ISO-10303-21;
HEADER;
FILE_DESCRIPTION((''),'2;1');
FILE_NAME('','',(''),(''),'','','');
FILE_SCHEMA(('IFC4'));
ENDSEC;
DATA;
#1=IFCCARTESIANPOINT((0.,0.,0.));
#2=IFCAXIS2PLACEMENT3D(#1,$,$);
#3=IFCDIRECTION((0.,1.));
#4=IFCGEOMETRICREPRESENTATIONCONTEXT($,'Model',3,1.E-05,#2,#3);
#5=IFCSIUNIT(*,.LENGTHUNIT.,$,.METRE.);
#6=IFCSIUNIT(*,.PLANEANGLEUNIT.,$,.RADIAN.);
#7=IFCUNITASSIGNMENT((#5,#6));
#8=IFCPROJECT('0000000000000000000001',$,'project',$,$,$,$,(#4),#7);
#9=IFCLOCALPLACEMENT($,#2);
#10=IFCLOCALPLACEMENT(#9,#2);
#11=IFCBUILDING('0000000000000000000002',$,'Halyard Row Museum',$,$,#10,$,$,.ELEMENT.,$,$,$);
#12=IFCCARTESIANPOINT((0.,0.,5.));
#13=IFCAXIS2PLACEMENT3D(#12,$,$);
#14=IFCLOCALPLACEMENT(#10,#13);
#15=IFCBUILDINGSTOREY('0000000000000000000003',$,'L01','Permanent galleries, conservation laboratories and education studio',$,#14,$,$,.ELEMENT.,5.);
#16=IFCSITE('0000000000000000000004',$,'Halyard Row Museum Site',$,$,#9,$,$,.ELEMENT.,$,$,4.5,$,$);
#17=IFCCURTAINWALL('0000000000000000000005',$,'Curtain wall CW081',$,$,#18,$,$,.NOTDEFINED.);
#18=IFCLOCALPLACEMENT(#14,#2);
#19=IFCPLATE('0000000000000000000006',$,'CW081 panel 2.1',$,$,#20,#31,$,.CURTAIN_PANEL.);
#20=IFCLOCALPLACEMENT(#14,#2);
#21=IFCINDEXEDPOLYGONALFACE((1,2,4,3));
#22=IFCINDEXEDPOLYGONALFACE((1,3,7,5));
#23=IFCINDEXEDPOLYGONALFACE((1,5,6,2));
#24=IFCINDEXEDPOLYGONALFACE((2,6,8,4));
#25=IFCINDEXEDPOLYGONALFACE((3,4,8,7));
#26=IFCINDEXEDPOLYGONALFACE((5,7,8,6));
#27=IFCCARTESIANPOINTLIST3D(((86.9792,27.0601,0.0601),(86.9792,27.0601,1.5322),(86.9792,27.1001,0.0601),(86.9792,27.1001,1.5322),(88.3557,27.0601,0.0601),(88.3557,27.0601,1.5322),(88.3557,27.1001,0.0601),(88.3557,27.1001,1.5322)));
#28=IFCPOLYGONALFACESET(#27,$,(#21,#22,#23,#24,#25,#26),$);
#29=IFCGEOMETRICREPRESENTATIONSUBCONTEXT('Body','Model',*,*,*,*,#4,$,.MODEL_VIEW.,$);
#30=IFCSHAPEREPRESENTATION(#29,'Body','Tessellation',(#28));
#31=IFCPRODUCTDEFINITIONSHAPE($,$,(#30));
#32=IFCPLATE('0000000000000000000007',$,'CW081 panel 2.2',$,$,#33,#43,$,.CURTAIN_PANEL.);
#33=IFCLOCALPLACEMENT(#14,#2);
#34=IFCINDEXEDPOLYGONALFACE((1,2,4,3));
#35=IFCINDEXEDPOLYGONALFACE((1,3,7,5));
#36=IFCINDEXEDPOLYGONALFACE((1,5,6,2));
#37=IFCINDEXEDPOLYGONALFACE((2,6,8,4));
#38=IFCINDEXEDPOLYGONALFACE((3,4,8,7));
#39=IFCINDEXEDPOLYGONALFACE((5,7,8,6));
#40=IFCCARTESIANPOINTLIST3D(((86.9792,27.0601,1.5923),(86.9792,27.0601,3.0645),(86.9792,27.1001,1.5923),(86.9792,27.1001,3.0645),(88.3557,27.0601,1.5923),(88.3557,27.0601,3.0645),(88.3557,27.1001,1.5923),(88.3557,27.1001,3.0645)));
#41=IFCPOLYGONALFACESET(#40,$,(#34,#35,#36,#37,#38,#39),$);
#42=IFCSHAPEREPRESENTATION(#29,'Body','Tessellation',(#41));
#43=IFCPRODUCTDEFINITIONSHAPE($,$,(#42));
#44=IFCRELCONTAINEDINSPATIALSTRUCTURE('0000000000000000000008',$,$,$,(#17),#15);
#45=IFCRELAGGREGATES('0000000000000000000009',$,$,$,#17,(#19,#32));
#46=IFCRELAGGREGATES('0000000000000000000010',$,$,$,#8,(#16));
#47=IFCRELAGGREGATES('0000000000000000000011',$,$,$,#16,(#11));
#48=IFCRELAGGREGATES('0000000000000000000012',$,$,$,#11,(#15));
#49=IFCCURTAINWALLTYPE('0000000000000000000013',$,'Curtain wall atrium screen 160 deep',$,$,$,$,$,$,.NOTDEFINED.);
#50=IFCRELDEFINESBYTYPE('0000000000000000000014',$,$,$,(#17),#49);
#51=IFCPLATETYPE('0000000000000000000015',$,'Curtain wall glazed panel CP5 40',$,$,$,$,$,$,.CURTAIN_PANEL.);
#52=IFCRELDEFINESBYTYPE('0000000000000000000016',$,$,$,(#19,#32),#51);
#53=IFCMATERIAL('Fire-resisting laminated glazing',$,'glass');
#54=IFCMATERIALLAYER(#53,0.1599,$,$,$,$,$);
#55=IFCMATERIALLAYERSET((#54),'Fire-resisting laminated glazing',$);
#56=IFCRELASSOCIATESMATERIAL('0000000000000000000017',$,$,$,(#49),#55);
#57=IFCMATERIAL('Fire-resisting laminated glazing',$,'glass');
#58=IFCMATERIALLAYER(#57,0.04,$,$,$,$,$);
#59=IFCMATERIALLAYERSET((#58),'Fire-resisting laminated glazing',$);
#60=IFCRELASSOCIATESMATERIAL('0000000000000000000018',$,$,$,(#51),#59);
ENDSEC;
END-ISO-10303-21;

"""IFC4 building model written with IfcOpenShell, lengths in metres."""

from ifc_helpers import new_model, si_unit, direction, frame, origin, origin_2d, place, context, subcontext, project, spatial, rectangle, extrude, material, layer, layer_set, type_object, element, aggregate, save


model = new_model("IFC4")

# Units and contexts
model_context = context("Model", 3, precision=1e-05, world=origin(), true_north=direction((0.0, 1.0)))
body_context = subcontext(model_context, "Body", "Model", "MODEL_VIEW")
ifc_project = project(units=[si_unit("LENGTHUNIT", "METRE"), si_unit("PLANEANGLEUNIT", "RADIAN")], contexts=[model_context])

# Site, building, storey
site_placement = place(None, origin())
site = spatial("IfcSite", under=ifc_project, at=site_placement, Name="Halyard Row Museum Site", CompositionType="ELEMENT", RefElevation=4.5)
building_placement = place(site_placement, origin())
building = spatial("IfcBuilding", under=site, at=building_placement, Name="Halyard Row Museum", CompositionType="ELEMENT")
storey_placement = place(building_placement, frame((0.0, 0.0, 5.0)))
storey = spatial("IfcBuildingStorey", under=building, at=storey_placement, Name="L01", Description="Permanent galleries, conservation laboratories and education studio", CompositionType="ELEMENT", Elevation=5.0)

# Curtain wall
ifc_material_1 = material(Name="Fire-resisting laminated glazing", Category="glass")
ifc_layer_1 = layer(ifc_material_1, 0.1599)
ifc_layer_set_1 = layer_set([ifc_layer_1], Name="Fire-resisting laminated glazing")
curtain_wall_type = type_object("IfcCurtainWallType", Name="Curtain wall atrium screen 160 deep", PredefinedType="NOTDEFINED", material=ifc_layer_set_1)
curtain_wall_1_placement = place(storey_placement, origin())
curtain_wall_1 = element("IfcCurtainWall", 1, at=curtain_wall_1_placement, inside=storey, type_object=curtain_wall_type, Name="Curtain wall CW081", PredefinedType="NOTDEFINED")

# Plates
ifc_material_2 = material(Name="Fire-resisting laminated glazing", Category="glass")
ifc_layer_2 = layer(ifc_material_2, 0.04)
ifc_layer_set_2 = layer_set([ifc_layer_2], Name="Fire-resisting laminated glazing")
plate_type = type_object("IfcPlateType", Name="Curtain wall glazed panel CP5 40", PredefinedType="CURTAIN_PANEL", material=ifc_layer_set_2)
plate_1_placement = place(storey_placement, frame((87.6675, 27.0801, 0.0601), z_axis=(0.0, 0.0, 1.0), x_axis=(-1.0, 0.0, 0.0)))
plate_1 = element("IfcPlate", 2, at=plate_1_placement, type_object=plate_type, Name="CW081 panel 2.1", PredefinedType="CURTAIN_PANEL", context=body_context, shape_type="SweptSolid", body=[
    extrude(rectangle(XDim=1.3765, YDim=0.04, at=origin_2d()), origin(), (0.0, 0.0, 1.0), 1.4722),
])
plate_2_placement = place(storey_placement, frame((87.6675, 27.0801, 1.5923), z_axis=(0.0, 0.0, 1.0), x_axis=(-1.0, 0.0, 0.0)))
plate_2 = element("IfcPlate", 3, at=plate_2_placement, type_object=plate_type, Name="CW081 panel 2.2", PredefinedType="CURTAIN_PANEL", context=body_context, shape_type="SweptSolid", body=[
    extrude(rectangle(XDim=1.3765, YDim=0.04, at=origin_2d()), origin(), (0.0, 0.0, 1.0), 1.4722),
])
aggregate(curtain_wall_1, [plate_1, plate_2])

save(model, "model.ifc")
